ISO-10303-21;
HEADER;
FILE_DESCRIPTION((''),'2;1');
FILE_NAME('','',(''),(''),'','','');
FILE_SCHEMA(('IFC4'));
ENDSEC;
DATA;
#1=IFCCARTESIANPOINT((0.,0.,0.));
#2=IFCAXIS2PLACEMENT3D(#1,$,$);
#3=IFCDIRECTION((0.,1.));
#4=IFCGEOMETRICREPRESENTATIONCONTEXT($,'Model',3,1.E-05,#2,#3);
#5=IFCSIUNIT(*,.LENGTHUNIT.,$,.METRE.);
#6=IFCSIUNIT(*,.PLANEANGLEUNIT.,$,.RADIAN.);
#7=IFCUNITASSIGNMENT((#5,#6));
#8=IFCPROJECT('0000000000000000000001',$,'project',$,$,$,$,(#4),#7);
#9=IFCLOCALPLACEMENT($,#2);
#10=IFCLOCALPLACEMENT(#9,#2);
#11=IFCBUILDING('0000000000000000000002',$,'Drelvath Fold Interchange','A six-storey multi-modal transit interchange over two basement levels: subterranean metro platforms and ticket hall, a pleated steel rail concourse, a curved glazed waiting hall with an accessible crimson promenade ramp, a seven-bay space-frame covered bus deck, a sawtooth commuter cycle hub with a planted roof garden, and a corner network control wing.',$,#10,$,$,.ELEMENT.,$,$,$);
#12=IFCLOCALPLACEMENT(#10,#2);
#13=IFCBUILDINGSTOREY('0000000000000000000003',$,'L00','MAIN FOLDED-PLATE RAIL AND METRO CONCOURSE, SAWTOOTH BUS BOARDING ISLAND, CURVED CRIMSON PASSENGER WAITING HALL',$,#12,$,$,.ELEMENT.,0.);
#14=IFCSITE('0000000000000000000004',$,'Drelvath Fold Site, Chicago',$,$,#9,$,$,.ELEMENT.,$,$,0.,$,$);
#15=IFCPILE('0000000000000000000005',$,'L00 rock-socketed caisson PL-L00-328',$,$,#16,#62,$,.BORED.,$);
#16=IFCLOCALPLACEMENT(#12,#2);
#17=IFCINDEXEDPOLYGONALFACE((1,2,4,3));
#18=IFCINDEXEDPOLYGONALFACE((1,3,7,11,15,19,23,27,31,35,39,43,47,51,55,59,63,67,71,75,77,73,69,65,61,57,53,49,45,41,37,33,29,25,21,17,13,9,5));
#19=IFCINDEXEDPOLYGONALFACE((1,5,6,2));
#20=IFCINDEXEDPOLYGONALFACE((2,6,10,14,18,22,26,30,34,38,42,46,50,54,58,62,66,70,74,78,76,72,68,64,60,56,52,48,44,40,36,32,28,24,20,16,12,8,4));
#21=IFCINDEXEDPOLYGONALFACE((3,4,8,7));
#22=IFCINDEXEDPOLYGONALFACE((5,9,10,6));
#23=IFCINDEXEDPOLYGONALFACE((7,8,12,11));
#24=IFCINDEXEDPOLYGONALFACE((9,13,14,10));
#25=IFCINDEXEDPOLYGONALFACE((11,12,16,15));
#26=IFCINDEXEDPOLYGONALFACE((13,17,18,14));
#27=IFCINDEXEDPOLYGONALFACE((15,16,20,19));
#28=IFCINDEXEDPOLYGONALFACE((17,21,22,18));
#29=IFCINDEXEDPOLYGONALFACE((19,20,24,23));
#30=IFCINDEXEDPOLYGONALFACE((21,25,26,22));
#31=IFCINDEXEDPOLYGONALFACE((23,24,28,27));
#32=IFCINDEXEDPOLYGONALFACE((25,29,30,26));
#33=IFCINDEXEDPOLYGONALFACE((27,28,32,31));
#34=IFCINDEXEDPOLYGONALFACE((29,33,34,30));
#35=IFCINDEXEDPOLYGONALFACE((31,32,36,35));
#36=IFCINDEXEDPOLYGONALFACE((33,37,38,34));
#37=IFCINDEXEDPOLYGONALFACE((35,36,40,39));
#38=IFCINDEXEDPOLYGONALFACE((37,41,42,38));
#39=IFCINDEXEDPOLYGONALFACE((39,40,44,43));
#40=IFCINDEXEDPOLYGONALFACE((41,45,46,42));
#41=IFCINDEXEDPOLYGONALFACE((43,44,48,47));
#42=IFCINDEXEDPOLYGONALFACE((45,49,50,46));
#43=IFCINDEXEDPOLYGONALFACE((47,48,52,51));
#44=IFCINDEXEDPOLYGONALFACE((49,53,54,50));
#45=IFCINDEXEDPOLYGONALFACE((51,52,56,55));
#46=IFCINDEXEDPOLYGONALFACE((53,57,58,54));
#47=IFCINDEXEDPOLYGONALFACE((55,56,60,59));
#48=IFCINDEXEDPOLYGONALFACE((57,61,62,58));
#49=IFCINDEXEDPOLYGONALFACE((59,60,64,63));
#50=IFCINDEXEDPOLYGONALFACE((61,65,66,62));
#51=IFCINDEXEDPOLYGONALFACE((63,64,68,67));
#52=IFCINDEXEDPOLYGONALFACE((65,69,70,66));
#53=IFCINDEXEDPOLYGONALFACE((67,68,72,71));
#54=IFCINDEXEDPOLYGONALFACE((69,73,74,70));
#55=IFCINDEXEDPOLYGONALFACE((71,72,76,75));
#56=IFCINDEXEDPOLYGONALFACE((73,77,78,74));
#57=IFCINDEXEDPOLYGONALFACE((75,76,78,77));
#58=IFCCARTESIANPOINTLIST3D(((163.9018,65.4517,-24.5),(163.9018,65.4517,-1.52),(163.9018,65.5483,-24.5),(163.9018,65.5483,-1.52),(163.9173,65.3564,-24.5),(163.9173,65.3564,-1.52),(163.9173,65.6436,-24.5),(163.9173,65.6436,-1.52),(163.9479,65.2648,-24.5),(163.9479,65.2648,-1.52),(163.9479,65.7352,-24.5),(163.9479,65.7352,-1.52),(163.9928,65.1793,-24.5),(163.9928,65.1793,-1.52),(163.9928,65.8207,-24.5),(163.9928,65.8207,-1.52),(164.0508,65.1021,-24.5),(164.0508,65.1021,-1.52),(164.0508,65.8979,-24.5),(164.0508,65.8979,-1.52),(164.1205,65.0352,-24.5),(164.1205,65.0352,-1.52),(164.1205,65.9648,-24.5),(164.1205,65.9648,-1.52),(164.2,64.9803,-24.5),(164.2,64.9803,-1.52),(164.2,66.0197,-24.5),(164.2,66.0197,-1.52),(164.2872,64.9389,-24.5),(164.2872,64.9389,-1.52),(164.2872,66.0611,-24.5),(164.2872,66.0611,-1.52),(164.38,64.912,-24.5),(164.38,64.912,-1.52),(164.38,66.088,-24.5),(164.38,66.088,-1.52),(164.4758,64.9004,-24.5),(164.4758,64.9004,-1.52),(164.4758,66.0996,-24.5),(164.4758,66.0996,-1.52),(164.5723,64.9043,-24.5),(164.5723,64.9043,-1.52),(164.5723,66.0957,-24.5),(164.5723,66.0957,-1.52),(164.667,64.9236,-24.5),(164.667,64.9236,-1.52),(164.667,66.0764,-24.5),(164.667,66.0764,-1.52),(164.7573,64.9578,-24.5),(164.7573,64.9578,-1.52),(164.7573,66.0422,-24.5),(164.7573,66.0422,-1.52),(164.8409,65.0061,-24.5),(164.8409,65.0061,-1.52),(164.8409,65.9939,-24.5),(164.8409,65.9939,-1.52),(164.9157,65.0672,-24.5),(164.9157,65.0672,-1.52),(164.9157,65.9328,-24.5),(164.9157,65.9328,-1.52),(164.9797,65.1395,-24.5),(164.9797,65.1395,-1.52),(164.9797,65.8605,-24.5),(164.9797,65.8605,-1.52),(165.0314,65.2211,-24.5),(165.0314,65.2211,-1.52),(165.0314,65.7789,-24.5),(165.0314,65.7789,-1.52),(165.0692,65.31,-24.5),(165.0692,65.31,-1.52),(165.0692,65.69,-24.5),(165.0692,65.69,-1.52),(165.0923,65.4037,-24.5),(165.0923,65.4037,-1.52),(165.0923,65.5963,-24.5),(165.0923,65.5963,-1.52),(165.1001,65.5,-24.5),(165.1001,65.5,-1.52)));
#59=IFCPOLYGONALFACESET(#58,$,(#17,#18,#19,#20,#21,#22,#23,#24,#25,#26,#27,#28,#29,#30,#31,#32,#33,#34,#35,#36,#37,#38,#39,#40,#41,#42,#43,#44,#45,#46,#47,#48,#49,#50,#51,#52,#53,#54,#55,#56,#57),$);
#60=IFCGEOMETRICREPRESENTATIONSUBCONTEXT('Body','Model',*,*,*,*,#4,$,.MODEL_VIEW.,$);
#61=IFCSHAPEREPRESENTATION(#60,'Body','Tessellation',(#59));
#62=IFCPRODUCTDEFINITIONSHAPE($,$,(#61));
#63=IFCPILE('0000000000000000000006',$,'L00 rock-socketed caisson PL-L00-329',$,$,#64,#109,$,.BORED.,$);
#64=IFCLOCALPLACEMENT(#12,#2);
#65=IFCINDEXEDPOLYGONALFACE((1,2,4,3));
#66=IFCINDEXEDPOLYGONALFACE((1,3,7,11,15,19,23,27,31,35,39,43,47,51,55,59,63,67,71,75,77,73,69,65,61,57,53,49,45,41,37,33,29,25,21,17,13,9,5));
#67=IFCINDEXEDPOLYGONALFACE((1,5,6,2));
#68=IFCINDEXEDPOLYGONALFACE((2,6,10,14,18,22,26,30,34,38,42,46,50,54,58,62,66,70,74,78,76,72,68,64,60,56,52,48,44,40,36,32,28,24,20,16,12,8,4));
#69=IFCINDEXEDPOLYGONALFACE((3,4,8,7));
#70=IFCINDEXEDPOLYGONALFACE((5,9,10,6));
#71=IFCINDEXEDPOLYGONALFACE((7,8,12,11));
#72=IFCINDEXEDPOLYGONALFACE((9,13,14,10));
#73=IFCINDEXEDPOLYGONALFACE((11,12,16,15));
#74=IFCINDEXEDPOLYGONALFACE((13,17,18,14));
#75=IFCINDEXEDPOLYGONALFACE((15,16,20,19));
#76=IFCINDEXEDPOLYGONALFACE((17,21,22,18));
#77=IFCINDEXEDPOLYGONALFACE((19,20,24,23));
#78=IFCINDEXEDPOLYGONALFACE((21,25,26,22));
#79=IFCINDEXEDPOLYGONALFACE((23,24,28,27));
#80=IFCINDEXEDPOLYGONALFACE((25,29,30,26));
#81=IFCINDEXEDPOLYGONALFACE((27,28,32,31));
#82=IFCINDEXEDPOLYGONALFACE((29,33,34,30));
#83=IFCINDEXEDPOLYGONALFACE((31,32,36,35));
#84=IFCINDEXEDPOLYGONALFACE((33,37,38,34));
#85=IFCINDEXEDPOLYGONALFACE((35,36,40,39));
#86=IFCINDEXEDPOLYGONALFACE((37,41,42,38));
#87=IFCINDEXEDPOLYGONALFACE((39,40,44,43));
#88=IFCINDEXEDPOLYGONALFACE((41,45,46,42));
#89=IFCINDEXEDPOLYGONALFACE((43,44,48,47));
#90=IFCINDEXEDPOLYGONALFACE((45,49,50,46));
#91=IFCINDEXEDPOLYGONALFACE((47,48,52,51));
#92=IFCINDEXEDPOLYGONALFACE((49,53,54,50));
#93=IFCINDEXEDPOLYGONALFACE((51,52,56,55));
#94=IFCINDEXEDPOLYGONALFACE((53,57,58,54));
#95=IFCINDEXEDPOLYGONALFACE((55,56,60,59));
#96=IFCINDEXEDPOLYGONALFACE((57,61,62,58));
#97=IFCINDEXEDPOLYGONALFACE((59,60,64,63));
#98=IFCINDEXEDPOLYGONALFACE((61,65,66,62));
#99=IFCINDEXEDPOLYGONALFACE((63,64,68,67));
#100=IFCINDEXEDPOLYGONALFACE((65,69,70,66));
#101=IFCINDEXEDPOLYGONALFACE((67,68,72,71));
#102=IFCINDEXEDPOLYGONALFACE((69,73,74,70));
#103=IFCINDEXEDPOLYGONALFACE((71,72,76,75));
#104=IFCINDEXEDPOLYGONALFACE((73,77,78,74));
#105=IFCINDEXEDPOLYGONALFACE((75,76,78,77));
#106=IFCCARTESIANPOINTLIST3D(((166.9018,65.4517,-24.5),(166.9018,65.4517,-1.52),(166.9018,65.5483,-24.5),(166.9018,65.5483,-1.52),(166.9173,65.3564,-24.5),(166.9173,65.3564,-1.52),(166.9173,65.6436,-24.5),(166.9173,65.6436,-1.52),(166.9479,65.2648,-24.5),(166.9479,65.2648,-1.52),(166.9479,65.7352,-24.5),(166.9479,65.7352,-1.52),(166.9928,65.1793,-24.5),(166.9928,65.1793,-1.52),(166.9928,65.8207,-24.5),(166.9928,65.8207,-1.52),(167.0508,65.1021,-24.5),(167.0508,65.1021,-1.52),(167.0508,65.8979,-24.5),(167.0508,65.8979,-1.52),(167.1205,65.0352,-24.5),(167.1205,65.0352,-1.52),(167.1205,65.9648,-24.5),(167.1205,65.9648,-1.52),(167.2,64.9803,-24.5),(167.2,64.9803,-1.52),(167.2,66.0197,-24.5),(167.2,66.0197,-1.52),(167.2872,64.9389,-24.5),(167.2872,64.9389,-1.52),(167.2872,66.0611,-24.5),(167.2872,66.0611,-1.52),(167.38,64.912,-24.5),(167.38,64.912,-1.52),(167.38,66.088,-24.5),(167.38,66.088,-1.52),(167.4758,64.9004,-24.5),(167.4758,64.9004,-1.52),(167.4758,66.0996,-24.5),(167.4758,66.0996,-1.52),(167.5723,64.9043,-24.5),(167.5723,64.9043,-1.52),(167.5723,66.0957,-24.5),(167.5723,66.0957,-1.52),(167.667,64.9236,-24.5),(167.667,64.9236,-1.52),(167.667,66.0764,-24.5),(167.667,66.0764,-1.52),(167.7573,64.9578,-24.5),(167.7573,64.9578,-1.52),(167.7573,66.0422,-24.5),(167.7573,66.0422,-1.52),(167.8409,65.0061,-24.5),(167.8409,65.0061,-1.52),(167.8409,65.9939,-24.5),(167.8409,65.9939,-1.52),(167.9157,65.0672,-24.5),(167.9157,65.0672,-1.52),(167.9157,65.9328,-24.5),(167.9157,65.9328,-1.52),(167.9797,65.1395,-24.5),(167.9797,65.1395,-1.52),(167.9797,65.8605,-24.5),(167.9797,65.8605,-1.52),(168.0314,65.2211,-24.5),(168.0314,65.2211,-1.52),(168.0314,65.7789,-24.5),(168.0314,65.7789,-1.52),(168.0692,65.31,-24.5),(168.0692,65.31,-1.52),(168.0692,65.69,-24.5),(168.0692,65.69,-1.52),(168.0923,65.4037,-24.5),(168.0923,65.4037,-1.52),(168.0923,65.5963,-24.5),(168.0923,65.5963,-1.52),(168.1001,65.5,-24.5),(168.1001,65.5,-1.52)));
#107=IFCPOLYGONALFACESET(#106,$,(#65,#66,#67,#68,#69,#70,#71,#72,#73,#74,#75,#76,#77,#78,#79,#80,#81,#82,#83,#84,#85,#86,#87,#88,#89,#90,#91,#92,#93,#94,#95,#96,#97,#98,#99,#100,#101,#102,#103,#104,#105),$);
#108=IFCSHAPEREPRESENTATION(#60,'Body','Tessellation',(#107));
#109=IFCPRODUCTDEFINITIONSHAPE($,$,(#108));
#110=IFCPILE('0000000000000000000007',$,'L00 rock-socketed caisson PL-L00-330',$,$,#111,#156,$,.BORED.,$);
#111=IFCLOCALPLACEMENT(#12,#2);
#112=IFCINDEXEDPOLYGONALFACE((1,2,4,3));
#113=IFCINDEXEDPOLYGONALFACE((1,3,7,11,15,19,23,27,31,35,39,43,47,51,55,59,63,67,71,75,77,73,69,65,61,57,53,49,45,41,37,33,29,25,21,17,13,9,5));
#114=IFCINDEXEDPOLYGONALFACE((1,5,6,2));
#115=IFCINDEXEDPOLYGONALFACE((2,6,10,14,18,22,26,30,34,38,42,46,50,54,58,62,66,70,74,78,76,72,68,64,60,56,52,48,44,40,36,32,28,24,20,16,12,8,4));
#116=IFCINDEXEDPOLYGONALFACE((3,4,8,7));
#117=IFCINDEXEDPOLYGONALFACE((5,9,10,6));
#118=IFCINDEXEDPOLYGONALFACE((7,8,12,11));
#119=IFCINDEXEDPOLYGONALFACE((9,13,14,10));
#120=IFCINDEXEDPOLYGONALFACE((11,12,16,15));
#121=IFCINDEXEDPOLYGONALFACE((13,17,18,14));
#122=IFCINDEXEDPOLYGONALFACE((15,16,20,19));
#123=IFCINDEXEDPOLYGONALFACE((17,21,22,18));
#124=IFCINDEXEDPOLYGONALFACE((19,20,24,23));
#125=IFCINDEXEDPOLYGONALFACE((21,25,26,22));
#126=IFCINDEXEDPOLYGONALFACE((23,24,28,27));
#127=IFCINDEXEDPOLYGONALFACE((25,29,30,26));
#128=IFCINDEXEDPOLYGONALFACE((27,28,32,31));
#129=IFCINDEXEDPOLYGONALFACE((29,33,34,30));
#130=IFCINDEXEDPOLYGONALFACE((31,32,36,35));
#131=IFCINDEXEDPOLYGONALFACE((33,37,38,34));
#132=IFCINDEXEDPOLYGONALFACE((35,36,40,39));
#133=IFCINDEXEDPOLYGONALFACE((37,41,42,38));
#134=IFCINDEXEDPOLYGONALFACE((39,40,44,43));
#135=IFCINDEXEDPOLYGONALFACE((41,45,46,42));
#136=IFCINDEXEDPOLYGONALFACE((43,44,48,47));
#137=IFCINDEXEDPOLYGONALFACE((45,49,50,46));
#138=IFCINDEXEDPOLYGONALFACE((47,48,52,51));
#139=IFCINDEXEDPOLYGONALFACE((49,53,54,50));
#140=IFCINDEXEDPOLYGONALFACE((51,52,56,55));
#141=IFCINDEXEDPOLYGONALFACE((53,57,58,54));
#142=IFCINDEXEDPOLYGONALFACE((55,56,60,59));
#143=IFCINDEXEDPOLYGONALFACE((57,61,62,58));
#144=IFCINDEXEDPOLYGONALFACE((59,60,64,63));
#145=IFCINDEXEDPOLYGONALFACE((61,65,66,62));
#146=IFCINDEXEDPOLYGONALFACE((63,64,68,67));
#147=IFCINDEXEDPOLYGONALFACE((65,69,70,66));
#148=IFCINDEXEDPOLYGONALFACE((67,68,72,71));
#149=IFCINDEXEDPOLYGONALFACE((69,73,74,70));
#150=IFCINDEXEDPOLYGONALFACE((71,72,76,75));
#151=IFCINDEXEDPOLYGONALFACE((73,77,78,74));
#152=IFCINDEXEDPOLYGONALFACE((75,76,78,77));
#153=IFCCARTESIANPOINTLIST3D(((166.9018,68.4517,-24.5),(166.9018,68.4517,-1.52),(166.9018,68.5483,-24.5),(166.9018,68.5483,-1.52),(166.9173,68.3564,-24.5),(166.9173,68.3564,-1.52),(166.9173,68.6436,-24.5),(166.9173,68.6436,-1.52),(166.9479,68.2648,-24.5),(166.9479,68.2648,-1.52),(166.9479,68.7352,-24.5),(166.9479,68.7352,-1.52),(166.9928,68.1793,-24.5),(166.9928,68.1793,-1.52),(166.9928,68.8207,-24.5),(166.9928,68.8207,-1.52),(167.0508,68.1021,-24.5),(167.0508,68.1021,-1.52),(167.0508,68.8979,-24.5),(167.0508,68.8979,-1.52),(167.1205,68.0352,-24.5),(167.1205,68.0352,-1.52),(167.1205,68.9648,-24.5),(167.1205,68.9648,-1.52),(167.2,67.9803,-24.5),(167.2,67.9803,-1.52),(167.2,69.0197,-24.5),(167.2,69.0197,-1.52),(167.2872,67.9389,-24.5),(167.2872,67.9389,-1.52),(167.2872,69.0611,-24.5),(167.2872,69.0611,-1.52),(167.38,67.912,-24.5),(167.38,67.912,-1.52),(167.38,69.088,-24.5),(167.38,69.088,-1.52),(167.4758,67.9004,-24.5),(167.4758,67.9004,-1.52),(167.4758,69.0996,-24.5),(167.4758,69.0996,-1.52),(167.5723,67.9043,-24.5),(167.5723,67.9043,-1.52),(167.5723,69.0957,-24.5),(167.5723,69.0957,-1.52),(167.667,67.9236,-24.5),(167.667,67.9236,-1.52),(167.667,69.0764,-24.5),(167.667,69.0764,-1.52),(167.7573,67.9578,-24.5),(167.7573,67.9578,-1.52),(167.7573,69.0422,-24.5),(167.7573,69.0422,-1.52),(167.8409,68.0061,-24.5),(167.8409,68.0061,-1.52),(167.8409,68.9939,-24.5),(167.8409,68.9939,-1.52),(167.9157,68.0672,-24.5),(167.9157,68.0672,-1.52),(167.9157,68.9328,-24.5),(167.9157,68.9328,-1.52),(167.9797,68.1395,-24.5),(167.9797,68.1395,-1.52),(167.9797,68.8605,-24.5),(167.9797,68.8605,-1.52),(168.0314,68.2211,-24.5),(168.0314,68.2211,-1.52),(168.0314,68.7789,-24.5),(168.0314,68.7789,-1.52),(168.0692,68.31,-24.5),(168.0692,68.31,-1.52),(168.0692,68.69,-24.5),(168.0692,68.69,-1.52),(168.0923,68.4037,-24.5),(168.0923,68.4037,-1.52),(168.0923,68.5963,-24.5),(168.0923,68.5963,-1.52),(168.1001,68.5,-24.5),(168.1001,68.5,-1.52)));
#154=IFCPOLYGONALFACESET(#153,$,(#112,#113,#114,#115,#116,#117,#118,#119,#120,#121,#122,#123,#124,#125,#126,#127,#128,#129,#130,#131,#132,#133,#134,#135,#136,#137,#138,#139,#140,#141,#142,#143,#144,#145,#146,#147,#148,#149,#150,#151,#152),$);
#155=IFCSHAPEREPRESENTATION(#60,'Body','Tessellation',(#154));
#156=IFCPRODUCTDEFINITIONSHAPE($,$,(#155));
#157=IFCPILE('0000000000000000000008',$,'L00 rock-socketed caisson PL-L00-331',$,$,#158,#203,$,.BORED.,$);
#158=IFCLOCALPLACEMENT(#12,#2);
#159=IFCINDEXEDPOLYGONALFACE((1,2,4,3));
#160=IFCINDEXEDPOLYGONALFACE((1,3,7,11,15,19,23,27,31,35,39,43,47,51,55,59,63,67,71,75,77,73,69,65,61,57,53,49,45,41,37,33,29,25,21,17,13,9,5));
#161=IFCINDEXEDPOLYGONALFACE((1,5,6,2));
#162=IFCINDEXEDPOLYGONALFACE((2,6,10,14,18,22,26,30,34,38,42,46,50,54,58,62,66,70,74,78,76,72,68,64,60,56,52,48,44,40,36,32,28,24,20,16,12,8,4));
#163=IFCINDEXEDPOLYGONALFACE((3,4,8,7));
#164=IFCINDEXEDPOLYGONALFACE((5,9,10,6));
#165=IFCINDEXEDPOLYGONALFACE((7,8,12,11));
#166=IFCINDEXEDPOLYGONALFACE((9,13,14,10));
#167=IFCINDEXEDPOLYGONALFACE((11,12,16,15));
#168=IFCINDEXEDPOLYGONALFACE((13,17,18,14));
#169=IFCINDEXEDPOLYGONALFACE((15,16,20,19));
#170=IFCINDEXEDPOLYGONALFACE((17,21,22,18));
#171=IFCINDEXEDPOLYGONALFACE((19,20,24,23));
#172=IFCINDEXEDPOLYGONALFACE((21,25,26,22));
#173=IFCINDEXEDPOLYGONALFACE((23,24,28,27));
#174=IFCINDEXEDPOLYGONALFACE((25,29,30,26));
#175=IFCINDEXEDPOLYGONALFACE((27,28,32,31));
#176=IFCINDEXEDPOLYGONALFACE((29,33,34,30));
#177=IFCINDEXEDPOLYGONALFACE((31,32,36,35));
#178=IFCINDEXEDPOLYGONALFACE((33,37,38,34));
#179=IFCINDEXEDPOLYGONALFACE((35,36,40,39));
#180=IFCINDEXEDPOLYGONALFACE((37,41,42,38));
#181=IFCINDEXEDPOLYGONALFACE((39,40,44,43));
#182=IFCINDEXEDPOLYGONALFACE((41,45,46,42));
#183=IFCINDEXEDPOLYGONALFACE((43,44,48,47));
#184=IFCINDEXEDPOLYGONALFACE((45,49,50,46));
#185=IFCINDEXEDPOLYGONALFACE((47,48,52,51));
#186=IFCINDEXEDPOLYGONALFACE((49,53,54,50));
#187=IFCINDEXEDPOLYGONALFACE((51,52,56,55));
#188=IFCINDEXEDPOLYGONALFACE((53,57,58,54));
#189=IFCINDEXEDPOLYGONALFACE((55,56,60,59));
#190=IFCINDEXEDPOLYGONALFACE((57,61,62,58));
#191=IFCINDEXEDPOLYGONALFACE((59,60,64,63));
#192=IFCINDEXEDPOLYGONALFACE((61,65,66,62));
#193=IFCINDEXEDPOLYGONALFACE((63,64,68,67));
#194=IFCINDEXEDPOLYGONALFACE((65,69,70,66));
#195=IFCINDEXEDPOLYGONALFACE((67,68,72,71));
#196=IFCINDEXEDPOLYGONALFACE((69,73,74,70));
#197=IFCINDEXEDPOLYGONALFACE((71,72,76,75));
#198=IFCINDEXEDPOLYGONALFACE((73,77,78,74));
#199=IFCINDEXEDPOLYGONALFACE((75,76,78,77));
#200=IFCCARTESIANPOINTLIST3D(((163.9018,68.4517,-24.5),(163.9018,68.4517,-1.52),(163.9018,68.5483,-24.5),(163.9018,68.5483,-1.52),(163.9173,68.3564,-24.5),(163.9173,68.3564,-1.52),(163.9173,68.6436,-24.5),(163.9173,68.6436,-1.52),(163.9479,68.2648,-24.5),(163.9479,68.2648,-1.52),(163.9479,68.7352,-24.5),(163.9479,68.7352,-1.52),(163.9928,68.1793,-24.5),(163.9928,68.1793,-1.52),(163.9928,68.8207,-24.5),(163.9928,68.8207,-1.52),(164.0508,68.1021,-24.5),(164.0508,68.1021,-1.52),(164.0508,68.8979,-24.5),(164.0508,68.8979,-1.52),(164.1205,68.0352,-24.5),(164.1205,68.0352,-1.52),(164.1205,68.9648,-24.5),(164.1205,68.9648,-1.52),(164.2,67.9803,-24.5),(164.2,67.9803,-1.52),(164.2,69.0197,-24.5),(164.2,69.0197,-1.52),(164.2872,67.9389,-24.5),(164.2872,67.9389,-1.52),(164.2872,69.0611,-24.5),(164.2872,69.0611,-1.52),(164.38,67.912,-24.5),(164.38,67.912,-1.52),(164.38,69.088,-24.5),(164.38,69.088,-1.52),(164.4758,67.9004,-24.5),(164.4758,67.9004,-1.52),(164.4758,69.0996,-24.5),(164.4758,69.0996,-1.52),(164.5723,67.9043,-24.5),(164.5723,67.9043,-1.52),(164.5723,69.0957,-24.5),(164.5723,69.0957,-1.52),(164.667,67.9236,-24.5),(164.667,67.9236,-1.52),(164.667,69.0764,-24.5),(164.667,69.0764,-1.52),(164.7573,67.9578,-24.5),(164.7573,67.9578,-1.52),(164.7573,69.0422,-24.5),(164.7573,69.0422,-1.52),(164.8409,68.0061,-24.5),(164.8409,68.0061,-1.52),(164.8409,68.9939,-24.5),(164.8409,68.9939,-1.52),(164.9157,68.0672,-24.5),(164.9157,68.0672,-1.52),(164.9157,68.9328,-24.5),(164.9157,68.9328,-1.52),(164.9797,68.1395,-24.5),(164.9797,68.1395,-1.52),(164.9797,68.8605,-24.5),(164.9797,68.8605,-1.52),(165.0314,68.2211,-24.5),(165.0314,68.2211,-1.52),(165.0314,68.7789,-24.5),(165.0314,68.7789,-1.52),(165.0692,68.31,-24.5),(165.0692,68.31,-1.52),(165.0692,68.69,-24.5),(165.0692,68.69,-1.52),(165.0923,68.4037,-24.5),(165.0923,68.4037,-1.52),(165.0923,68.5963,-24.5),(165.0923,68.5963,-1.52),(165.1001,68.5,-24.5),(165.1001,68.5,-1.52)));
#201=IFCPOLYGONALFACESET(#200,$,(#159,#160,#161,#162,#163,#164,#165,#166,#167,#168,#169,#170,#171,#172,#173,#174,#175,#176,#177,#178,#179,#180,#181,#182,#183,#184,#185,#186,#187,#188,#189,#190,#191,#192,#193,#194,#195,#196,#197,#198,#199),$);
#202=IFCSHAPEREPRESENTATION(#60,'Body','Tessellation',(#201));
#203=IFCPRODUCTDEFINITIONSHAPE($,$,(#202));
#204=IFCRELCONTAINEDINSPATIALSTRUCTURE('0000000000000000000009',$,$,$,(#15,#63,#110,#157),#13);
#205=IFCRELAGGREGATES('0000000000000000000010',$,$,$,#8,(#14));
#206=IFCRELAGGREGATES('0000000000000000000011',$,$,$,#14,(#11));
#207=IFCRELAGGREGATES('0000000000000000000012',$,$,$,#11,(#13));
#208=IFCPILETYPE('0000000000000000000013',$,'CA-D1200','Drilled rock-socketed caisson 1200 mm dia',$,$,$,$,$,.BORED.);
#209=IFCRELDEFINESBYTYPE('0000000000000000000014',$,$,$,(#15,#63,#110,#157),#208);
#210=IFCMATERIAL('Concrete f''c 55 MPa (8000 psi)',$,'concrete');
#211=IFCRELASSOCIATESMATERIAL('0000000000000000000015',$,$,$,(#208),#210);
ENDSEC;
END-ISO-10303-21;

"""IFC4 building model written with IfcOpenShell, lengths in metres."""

from ifc_helpers import new_model, si_unit, direction, frame, origin, origin_2d, place, context, subcontext, project, spatial, circle, extrude, material, material_profile, profile_set, type_object, element, save


model = new_model("IFC4")

# Units and contexts
model_context = context("Model", 3, precision=1e-05, world=origin(), true_north=direction((0.0, 1.0)))
body_context = subcontext(model_context, "Body", "Model", "MODEL_VIEW")
ifc_project = project(units=[si_unit("LENGTHUNIT", "METRE"), si_unit("PLANEANGLEUNIT", "RADIAN")], contexts=[model_context])

# Site, building, storey
site_placement = place(None, origin())
site = spatial("IfcSite", under=ifc_project, at=site_placement, Name="Drelvath Fold Site, Chicago", CompositionType="ELEMENT", RefElevation=0.0)
building_placement = place(site_placement, origin())
building = spatial("IfcBuilding", under=site, at=building_placement, Name="Drelvath Fold Interchange", Description="A six-storey multi-modal transit interchange over two basement levels: subterranean metro platforms and ticket hall, a pleated steel rail concourse, a curved glazed waiting hall with an accessible crimson promenade ramp, a seven-bay space-frame covered bus deck, a sawtooth commuter cycle hub with a planted roof garden, and a corner network control wing.", CompositionType="ELEMENT")
storey_placement = place(building_placement, origin())
storey = spatial("IfcBuildingStorey", under=building, at=storey_placement, Name="L00", Description="MAIN FOLDED-PLATE RAIL AND METRO CONCOURSE, SAWTOOTH BUS BOARDING ISLAND, CURVED CRIMSON PASSENGER WAITING HALL", CompositionType="ELEMENT", Elevation=0.0)

# Piles
ifc_material_1 = material(Name="Concrete f'c 55 MPa (8000 psi)", Category="concrete")
ifc_material_profile_1 = material_profile(ifc_material_1, circle(Radius=0.6001, at=origin_2d()), Name="CAISSON D1200")
ifc_profile_set_1 = profile_set([ifc_material_profile_1], Name="Concrete f'c 55 MPa (8000 psi)")
pile_type_1 = type_object("IfcPileType", Name="CA-D1200", Description="Drilled rock-socketed caisson 1200 mm dia", PredefinedType="BORED", material=ifc_profile_set_1)
for number, where, z_axis, x_axis, name in (
    (1, (164.5, 65.5, -1.52), (0.0, 0.0, -1.0), (1.0, 0.0, 0.0), "L00 rock-socketed caisson PL-L00-328"),
    (2, (167.5, 65.5, -1.52), (0.0, 0.0, -1.0), (1.0, 0.0, 0.0), "L00 rock-socketed caisson PL-L00-329"),
    (3, (167.5, 68.5, -1.52), (0.0, 0.0, -1.0), (1.0, 0.0, 0.0), "L00 rock-socketed caisson PL-L00-330"),
    (4, (164.5, 68.5, -1.52), (0.0, 0.0, -1.0), (1.0, 0.0, 0.0), "L00 rock-socketed caisson PL-L00-331"),
):
    element("IfcPile", number, at=place(storey_placement, frame(where, z_axis=z_axis, x_axis=x_axis)), inside=storey, type_object=pile_type_1, Name=name, PredefinedType="BORED", context=body_context, shape_type="SweptSolid", body=[
        extrude(circle(Radius=0.6001, at=origin_2d()), origin(), (0.0, 0.0, 1.0), 22.98),
    ])

save(model, "model.ifc")
